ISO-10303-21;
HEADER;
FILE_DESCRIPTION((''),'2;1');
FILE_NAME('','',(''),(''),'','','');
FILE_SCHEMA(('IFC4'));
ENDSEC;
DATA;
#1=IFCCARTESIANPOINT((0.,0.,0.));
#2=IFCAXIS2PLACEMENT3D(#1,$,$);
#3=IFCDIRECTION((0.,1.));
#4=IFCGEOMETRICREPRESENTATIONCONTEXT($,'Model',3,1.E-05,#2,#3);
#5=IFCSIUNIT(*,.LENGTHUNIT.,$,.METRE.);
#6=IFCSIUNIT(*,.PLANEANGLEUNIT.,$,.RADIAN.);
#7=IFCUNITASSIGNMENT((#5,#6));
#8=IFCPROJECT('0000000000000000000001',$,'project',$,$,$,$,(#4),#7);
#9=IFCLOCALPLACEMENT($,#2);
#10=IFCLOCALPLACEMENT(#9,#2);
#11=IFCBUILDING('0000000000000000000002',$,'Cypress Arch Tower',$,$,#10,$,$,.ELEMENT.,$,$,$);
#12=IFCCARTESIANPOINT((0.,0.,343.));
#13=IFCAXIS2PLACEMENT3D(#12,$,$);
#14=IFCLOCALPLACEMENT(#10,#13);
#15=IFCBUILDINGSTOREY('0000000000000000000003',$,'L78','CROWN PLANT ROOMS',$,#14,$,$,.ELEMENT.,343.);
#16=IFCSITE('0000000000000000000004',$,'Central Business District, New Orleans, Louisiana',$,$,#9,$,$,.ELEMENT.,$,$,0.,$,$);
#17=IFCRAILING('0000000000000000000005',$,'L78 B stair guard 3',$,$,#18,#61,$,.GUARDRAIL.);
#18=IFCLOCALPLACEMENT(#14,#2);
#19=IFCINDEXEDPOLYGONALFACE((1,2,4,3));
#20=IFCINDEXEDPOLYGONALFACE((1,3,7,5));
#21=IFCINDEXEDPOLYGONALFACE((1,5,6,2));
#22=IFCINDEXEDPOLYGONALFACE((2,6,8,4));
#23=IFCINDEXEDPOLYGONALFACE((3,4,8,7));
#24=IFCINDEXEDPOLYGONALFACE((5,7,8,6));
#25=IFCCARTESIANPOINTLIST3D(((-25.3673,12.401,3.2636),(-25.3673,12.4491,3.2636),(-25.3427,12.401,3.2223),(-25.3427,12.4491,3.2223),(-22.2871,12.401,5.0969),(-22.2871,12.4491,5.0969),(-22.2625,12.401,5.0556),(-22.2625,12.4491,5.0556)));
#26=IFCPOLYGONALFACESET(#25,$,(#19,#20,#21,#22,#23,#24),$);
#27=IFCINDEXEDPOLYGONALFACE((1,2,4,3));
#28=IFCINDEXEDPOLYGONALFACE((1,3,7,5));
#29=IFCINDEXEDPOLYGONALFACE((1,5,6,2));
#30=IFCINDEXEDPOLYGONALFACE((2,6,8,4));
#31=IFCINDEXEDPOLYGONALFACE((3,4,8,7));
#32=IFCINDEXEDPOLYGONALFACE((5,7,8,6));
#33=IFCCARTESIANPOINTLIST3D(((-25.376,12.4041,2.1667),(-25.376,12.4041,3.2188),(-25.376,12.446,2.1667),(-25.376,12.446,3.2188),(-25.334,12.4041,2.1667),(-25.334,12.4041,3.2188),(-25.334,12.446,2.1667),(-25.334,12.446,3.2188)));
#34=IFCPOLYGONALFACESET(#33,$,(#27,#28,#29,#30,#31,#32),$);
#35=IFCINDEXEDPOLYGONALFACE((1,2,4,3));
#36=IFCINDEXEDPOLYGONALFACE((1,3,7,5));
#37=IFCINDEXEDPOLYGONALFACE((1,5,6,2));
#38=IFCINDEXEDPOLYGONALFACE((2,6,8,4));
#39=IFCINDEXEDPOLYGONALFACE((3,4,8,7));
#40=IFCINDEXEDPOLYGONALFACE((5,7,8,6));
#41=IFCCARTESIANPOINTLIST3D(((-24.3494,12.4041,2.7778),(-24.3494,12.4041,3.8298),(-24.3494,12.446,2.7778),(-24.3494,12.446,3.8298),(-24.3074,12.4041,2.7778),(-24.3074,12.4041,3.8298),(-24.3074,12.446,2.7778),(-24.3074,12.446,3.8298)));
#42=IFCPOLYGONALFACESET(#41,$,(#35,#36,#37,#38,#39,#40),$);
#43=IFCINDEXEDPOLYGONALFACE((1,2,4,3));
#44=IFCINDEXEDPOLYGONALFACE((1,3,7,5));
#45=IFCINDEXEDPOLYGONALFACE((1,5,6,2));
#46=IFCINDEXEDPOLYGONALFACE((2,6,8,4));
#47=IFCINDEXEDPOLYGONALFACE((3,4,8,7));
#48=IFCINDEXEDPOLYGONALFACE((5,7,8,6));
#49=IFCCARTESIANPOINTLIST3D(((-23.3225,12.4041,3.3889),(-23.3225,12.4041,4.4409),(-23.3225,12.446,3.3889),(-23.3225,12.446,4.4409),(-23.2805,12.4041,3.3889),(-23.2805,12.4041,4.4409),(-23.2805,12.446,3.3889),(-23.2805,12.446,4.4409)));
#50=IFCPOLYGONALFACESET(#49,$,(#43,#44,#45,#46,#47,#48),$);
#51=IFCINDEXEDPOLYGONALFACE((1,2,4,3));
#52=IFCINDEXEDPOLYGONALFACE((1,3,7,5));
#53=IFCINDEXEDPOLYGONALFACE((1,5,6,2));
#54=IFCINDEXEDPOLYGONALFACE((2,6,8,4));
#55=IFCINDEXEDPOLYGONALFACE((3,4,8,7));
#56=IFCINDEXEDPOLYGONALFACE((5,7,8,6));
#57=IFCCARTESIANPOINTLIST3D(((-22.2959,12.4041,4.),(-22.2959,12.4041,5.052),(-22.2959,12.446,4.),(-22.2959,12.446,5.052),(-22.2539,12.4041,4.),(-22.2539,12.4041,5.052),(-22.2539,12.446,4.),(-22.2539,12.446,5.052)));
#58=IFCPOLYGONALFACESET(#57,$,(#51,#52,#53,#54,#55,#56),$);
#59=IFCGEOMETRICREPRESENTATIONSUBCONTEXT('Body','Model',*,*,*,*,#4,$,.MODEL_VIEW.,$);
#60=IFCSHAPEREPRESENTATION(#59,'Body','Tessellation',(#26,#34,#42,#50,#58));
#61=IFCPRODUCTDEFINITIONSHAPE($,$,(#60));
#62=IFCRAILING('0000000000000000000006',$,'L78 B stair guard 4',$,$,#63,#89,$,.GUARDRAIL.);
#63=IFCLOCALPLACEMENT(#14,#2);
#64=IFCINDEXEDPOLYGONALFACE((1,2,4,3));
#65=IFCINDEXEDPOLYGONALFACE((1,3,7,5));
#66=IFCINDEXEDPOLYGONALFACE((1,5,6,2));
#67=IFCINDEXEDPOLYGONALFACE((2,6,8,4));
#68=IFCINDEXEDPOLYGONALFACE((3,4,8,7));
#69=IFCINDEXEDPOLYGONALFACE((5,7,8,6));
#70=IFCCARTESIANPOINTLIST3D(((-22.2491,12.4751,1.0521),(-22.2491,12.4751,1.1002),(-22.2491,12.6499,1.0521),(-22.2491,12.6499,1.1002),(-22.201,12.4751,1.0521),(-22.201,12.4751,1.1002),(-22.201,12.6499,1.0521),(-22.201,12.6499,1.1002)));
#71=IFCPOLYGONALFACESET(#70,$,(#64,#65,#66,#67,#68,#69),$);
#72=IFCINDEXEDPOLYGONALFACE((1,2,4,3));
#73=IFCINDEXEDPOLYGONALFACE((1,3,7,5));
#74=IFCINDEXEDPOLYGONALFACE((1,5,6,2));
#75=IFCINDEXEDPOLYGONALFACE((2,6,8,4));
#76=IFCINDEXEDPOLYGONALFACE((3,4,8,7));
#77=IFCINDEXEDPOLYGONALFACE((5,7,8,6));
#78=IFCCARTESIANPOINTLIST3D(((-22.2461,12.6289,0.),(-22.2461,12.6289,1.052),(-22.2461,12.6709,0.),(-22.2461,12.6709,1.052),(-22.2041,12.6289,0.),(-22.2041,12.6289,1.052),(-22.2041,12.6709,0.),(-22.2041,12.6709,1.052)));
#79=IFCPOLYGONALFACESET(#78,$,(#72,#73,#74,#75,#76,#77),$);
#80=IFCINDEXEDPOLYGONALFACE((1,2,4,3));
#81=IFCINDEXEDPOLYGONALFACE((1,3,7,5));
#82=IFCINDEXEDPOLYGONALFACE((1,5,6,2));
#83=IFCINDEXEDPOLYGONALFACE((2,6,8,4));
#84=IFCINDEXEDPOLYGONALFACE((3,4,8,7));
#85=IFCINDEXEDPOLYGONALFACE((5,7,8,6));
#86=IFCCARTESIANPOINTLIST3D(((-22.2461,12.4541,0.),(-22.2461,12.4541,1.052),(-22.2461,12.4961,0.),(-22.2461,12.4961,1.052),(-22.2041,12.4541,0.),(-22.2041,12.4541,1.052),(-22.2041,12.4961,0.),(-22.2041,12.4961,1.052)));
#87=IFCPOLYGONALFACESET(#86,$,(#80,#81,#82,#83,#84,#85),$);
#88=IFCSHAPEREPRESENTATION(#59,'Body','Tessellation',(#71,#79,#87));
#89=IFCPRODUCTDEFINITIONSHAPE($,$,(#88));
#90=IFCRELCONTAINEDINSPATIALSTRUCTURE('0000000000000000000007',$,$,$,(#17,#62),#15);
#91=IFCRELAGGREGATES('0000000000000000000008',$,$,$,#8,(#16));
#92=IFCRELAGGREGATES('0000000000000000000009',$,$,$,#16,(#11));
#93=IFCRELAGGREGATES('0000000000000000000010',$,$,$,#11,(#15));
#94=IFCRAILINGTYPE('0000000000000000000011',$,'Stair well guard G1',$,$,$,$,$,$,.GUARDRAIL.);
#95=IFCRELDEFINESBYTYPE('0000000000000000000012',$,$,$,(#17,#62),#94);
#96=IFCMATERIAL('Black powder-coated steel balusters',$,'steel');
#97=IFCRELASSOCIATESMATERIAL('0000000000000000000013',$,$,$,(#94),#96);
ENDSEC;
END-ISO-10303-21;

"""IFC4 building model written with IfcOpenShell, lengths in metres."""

from ifc_helpers import new_model, si_unit, direction, frame, origin, origin_2d, place, context, subcontext, project, spatial, rectangle, extrude, material, type_object, element, save


model = new_model("IFC4")

# Units and contexts
model_context = context("Model", 3, precision=1e-05, world=origin(), true_north=direction((0.0, 1.0)))
body_context = subcontext(model_context, "Body", "Model", "MODEL_VIEW")
ifc_project = project(units=[si_unit("LENGTHUNIT", "METRE"), si_unit("PLANEANGLEUNIT", "RADIAN")], contexts=[model_context])

# Site, building, storey
site_placement = place(None, origin())
site = spatial("IfcSite", under=ifc_project, at=site_placement, Name="Central Business District, New Orleans, Louisiana", CompositionType="ELEMENT", RefElevation=0.0)
building_placement = place(site_placement, origin())
building = spatial("IfcBuilding", under=site, at=building_placement, Name="Cypress Arch Tower", CompositionType="ELEMENT")
storey_placement = place(building_placement, frame((0.0, 0.0, 343.0)))
storey = spatial("IfcBuildingStorey", under=building, at=storey_placement, Name="L78", Description="CROWN PLANT ROOMS", CompositionType="ELEMENT", Elevation=343.0)

# Railings
ifc_material_1 = material(Name="Black powder-coated steel balusters", Category="steel")
railing_type_1 = type_object("IfcRailingType", Name="Stair well guard G1", PredefinedType="GUARDRAIL", material=ifc_material_1)
railing_1_placement = place(storey_placement, frame((-25.355, 12.425, 2.1667)))
element("IfcRailing", 1, at=railing_1_placement, inside=storey, type_object=railing_type_1, Name="L78 B stair guard 3", PredefinedType="GUARDRAIL", context=body_context, shape_type="SweptSolid", body=[
    extrude(rectangle(XDim=0.0481, YDim=0.0481, at=origin_2d()), frame((0.0, 0.0, 1.0762), z_axis=(0.859309, 0.0, 0.511458), x_axis=(0.0, 1.0, 0.0)), (0.0, 0.0, 1.0), 3.5845),
    extrude(rectangle(XDim=0.042, YDim=0.042, at=origin_2d()), origin(), (0.0, 0.0, 1.0), 1.052),
    extrude(rectangle(XDim=0.042, YDim=0.042, at=origin_2d()), frame((1.0266, 0.0, 0.6111)), (0.0, 0.0, 1.0), 1.052),
    extrude(rectangle(XDim=0.042, YDim=0.042, at=origin_2d()), frame((2.0535, 0.0, 1.2222)), (0.0, 0.0, 1.0), 1.052),
    extrude(rectangle(XDim=0.042, YDim=0.042, at=origin_2d()), frame((3.0801, 0.0, 1.8333)), (0.0, 0.0, 1.0), 1.052),
])
railing_2_placement = place(storey_placement, frame((-22.2251, 12.6499, 0.0)))
element("IfcRailing", 2, at=railing_2_placement, inside=storey, type_object=railing_type_1, Name="L78 B stair guard 4", PredefinedType="GUARDRAIL", context=body_context, shape_type="SweptSolid", body=[
    extrude(rectangle(XDim=0.0481, YDim=0.0481, at=origin_2d()), frame((0.0, 0.0, 1.0762), z_axis=(0.0, -1.0, 0.0), x_axis=(1.0, 0.0, 0.0)), (0.0, 0.0, 1.0), 0.1748),
    extrude(rectangle(XDim=0.042, YDim=0.042, at=origin_2d()), origin(), (0.0, 0.0, 1.0), 1.052),
    extrude(rectangle(XDim=0.042, YDim=0.042, at=origin_2d()), frame((0.0, -0.1748, 0.0)), (0.0, 0.0, 1.0), 1.052),
])

save(model, "model.ifc")
